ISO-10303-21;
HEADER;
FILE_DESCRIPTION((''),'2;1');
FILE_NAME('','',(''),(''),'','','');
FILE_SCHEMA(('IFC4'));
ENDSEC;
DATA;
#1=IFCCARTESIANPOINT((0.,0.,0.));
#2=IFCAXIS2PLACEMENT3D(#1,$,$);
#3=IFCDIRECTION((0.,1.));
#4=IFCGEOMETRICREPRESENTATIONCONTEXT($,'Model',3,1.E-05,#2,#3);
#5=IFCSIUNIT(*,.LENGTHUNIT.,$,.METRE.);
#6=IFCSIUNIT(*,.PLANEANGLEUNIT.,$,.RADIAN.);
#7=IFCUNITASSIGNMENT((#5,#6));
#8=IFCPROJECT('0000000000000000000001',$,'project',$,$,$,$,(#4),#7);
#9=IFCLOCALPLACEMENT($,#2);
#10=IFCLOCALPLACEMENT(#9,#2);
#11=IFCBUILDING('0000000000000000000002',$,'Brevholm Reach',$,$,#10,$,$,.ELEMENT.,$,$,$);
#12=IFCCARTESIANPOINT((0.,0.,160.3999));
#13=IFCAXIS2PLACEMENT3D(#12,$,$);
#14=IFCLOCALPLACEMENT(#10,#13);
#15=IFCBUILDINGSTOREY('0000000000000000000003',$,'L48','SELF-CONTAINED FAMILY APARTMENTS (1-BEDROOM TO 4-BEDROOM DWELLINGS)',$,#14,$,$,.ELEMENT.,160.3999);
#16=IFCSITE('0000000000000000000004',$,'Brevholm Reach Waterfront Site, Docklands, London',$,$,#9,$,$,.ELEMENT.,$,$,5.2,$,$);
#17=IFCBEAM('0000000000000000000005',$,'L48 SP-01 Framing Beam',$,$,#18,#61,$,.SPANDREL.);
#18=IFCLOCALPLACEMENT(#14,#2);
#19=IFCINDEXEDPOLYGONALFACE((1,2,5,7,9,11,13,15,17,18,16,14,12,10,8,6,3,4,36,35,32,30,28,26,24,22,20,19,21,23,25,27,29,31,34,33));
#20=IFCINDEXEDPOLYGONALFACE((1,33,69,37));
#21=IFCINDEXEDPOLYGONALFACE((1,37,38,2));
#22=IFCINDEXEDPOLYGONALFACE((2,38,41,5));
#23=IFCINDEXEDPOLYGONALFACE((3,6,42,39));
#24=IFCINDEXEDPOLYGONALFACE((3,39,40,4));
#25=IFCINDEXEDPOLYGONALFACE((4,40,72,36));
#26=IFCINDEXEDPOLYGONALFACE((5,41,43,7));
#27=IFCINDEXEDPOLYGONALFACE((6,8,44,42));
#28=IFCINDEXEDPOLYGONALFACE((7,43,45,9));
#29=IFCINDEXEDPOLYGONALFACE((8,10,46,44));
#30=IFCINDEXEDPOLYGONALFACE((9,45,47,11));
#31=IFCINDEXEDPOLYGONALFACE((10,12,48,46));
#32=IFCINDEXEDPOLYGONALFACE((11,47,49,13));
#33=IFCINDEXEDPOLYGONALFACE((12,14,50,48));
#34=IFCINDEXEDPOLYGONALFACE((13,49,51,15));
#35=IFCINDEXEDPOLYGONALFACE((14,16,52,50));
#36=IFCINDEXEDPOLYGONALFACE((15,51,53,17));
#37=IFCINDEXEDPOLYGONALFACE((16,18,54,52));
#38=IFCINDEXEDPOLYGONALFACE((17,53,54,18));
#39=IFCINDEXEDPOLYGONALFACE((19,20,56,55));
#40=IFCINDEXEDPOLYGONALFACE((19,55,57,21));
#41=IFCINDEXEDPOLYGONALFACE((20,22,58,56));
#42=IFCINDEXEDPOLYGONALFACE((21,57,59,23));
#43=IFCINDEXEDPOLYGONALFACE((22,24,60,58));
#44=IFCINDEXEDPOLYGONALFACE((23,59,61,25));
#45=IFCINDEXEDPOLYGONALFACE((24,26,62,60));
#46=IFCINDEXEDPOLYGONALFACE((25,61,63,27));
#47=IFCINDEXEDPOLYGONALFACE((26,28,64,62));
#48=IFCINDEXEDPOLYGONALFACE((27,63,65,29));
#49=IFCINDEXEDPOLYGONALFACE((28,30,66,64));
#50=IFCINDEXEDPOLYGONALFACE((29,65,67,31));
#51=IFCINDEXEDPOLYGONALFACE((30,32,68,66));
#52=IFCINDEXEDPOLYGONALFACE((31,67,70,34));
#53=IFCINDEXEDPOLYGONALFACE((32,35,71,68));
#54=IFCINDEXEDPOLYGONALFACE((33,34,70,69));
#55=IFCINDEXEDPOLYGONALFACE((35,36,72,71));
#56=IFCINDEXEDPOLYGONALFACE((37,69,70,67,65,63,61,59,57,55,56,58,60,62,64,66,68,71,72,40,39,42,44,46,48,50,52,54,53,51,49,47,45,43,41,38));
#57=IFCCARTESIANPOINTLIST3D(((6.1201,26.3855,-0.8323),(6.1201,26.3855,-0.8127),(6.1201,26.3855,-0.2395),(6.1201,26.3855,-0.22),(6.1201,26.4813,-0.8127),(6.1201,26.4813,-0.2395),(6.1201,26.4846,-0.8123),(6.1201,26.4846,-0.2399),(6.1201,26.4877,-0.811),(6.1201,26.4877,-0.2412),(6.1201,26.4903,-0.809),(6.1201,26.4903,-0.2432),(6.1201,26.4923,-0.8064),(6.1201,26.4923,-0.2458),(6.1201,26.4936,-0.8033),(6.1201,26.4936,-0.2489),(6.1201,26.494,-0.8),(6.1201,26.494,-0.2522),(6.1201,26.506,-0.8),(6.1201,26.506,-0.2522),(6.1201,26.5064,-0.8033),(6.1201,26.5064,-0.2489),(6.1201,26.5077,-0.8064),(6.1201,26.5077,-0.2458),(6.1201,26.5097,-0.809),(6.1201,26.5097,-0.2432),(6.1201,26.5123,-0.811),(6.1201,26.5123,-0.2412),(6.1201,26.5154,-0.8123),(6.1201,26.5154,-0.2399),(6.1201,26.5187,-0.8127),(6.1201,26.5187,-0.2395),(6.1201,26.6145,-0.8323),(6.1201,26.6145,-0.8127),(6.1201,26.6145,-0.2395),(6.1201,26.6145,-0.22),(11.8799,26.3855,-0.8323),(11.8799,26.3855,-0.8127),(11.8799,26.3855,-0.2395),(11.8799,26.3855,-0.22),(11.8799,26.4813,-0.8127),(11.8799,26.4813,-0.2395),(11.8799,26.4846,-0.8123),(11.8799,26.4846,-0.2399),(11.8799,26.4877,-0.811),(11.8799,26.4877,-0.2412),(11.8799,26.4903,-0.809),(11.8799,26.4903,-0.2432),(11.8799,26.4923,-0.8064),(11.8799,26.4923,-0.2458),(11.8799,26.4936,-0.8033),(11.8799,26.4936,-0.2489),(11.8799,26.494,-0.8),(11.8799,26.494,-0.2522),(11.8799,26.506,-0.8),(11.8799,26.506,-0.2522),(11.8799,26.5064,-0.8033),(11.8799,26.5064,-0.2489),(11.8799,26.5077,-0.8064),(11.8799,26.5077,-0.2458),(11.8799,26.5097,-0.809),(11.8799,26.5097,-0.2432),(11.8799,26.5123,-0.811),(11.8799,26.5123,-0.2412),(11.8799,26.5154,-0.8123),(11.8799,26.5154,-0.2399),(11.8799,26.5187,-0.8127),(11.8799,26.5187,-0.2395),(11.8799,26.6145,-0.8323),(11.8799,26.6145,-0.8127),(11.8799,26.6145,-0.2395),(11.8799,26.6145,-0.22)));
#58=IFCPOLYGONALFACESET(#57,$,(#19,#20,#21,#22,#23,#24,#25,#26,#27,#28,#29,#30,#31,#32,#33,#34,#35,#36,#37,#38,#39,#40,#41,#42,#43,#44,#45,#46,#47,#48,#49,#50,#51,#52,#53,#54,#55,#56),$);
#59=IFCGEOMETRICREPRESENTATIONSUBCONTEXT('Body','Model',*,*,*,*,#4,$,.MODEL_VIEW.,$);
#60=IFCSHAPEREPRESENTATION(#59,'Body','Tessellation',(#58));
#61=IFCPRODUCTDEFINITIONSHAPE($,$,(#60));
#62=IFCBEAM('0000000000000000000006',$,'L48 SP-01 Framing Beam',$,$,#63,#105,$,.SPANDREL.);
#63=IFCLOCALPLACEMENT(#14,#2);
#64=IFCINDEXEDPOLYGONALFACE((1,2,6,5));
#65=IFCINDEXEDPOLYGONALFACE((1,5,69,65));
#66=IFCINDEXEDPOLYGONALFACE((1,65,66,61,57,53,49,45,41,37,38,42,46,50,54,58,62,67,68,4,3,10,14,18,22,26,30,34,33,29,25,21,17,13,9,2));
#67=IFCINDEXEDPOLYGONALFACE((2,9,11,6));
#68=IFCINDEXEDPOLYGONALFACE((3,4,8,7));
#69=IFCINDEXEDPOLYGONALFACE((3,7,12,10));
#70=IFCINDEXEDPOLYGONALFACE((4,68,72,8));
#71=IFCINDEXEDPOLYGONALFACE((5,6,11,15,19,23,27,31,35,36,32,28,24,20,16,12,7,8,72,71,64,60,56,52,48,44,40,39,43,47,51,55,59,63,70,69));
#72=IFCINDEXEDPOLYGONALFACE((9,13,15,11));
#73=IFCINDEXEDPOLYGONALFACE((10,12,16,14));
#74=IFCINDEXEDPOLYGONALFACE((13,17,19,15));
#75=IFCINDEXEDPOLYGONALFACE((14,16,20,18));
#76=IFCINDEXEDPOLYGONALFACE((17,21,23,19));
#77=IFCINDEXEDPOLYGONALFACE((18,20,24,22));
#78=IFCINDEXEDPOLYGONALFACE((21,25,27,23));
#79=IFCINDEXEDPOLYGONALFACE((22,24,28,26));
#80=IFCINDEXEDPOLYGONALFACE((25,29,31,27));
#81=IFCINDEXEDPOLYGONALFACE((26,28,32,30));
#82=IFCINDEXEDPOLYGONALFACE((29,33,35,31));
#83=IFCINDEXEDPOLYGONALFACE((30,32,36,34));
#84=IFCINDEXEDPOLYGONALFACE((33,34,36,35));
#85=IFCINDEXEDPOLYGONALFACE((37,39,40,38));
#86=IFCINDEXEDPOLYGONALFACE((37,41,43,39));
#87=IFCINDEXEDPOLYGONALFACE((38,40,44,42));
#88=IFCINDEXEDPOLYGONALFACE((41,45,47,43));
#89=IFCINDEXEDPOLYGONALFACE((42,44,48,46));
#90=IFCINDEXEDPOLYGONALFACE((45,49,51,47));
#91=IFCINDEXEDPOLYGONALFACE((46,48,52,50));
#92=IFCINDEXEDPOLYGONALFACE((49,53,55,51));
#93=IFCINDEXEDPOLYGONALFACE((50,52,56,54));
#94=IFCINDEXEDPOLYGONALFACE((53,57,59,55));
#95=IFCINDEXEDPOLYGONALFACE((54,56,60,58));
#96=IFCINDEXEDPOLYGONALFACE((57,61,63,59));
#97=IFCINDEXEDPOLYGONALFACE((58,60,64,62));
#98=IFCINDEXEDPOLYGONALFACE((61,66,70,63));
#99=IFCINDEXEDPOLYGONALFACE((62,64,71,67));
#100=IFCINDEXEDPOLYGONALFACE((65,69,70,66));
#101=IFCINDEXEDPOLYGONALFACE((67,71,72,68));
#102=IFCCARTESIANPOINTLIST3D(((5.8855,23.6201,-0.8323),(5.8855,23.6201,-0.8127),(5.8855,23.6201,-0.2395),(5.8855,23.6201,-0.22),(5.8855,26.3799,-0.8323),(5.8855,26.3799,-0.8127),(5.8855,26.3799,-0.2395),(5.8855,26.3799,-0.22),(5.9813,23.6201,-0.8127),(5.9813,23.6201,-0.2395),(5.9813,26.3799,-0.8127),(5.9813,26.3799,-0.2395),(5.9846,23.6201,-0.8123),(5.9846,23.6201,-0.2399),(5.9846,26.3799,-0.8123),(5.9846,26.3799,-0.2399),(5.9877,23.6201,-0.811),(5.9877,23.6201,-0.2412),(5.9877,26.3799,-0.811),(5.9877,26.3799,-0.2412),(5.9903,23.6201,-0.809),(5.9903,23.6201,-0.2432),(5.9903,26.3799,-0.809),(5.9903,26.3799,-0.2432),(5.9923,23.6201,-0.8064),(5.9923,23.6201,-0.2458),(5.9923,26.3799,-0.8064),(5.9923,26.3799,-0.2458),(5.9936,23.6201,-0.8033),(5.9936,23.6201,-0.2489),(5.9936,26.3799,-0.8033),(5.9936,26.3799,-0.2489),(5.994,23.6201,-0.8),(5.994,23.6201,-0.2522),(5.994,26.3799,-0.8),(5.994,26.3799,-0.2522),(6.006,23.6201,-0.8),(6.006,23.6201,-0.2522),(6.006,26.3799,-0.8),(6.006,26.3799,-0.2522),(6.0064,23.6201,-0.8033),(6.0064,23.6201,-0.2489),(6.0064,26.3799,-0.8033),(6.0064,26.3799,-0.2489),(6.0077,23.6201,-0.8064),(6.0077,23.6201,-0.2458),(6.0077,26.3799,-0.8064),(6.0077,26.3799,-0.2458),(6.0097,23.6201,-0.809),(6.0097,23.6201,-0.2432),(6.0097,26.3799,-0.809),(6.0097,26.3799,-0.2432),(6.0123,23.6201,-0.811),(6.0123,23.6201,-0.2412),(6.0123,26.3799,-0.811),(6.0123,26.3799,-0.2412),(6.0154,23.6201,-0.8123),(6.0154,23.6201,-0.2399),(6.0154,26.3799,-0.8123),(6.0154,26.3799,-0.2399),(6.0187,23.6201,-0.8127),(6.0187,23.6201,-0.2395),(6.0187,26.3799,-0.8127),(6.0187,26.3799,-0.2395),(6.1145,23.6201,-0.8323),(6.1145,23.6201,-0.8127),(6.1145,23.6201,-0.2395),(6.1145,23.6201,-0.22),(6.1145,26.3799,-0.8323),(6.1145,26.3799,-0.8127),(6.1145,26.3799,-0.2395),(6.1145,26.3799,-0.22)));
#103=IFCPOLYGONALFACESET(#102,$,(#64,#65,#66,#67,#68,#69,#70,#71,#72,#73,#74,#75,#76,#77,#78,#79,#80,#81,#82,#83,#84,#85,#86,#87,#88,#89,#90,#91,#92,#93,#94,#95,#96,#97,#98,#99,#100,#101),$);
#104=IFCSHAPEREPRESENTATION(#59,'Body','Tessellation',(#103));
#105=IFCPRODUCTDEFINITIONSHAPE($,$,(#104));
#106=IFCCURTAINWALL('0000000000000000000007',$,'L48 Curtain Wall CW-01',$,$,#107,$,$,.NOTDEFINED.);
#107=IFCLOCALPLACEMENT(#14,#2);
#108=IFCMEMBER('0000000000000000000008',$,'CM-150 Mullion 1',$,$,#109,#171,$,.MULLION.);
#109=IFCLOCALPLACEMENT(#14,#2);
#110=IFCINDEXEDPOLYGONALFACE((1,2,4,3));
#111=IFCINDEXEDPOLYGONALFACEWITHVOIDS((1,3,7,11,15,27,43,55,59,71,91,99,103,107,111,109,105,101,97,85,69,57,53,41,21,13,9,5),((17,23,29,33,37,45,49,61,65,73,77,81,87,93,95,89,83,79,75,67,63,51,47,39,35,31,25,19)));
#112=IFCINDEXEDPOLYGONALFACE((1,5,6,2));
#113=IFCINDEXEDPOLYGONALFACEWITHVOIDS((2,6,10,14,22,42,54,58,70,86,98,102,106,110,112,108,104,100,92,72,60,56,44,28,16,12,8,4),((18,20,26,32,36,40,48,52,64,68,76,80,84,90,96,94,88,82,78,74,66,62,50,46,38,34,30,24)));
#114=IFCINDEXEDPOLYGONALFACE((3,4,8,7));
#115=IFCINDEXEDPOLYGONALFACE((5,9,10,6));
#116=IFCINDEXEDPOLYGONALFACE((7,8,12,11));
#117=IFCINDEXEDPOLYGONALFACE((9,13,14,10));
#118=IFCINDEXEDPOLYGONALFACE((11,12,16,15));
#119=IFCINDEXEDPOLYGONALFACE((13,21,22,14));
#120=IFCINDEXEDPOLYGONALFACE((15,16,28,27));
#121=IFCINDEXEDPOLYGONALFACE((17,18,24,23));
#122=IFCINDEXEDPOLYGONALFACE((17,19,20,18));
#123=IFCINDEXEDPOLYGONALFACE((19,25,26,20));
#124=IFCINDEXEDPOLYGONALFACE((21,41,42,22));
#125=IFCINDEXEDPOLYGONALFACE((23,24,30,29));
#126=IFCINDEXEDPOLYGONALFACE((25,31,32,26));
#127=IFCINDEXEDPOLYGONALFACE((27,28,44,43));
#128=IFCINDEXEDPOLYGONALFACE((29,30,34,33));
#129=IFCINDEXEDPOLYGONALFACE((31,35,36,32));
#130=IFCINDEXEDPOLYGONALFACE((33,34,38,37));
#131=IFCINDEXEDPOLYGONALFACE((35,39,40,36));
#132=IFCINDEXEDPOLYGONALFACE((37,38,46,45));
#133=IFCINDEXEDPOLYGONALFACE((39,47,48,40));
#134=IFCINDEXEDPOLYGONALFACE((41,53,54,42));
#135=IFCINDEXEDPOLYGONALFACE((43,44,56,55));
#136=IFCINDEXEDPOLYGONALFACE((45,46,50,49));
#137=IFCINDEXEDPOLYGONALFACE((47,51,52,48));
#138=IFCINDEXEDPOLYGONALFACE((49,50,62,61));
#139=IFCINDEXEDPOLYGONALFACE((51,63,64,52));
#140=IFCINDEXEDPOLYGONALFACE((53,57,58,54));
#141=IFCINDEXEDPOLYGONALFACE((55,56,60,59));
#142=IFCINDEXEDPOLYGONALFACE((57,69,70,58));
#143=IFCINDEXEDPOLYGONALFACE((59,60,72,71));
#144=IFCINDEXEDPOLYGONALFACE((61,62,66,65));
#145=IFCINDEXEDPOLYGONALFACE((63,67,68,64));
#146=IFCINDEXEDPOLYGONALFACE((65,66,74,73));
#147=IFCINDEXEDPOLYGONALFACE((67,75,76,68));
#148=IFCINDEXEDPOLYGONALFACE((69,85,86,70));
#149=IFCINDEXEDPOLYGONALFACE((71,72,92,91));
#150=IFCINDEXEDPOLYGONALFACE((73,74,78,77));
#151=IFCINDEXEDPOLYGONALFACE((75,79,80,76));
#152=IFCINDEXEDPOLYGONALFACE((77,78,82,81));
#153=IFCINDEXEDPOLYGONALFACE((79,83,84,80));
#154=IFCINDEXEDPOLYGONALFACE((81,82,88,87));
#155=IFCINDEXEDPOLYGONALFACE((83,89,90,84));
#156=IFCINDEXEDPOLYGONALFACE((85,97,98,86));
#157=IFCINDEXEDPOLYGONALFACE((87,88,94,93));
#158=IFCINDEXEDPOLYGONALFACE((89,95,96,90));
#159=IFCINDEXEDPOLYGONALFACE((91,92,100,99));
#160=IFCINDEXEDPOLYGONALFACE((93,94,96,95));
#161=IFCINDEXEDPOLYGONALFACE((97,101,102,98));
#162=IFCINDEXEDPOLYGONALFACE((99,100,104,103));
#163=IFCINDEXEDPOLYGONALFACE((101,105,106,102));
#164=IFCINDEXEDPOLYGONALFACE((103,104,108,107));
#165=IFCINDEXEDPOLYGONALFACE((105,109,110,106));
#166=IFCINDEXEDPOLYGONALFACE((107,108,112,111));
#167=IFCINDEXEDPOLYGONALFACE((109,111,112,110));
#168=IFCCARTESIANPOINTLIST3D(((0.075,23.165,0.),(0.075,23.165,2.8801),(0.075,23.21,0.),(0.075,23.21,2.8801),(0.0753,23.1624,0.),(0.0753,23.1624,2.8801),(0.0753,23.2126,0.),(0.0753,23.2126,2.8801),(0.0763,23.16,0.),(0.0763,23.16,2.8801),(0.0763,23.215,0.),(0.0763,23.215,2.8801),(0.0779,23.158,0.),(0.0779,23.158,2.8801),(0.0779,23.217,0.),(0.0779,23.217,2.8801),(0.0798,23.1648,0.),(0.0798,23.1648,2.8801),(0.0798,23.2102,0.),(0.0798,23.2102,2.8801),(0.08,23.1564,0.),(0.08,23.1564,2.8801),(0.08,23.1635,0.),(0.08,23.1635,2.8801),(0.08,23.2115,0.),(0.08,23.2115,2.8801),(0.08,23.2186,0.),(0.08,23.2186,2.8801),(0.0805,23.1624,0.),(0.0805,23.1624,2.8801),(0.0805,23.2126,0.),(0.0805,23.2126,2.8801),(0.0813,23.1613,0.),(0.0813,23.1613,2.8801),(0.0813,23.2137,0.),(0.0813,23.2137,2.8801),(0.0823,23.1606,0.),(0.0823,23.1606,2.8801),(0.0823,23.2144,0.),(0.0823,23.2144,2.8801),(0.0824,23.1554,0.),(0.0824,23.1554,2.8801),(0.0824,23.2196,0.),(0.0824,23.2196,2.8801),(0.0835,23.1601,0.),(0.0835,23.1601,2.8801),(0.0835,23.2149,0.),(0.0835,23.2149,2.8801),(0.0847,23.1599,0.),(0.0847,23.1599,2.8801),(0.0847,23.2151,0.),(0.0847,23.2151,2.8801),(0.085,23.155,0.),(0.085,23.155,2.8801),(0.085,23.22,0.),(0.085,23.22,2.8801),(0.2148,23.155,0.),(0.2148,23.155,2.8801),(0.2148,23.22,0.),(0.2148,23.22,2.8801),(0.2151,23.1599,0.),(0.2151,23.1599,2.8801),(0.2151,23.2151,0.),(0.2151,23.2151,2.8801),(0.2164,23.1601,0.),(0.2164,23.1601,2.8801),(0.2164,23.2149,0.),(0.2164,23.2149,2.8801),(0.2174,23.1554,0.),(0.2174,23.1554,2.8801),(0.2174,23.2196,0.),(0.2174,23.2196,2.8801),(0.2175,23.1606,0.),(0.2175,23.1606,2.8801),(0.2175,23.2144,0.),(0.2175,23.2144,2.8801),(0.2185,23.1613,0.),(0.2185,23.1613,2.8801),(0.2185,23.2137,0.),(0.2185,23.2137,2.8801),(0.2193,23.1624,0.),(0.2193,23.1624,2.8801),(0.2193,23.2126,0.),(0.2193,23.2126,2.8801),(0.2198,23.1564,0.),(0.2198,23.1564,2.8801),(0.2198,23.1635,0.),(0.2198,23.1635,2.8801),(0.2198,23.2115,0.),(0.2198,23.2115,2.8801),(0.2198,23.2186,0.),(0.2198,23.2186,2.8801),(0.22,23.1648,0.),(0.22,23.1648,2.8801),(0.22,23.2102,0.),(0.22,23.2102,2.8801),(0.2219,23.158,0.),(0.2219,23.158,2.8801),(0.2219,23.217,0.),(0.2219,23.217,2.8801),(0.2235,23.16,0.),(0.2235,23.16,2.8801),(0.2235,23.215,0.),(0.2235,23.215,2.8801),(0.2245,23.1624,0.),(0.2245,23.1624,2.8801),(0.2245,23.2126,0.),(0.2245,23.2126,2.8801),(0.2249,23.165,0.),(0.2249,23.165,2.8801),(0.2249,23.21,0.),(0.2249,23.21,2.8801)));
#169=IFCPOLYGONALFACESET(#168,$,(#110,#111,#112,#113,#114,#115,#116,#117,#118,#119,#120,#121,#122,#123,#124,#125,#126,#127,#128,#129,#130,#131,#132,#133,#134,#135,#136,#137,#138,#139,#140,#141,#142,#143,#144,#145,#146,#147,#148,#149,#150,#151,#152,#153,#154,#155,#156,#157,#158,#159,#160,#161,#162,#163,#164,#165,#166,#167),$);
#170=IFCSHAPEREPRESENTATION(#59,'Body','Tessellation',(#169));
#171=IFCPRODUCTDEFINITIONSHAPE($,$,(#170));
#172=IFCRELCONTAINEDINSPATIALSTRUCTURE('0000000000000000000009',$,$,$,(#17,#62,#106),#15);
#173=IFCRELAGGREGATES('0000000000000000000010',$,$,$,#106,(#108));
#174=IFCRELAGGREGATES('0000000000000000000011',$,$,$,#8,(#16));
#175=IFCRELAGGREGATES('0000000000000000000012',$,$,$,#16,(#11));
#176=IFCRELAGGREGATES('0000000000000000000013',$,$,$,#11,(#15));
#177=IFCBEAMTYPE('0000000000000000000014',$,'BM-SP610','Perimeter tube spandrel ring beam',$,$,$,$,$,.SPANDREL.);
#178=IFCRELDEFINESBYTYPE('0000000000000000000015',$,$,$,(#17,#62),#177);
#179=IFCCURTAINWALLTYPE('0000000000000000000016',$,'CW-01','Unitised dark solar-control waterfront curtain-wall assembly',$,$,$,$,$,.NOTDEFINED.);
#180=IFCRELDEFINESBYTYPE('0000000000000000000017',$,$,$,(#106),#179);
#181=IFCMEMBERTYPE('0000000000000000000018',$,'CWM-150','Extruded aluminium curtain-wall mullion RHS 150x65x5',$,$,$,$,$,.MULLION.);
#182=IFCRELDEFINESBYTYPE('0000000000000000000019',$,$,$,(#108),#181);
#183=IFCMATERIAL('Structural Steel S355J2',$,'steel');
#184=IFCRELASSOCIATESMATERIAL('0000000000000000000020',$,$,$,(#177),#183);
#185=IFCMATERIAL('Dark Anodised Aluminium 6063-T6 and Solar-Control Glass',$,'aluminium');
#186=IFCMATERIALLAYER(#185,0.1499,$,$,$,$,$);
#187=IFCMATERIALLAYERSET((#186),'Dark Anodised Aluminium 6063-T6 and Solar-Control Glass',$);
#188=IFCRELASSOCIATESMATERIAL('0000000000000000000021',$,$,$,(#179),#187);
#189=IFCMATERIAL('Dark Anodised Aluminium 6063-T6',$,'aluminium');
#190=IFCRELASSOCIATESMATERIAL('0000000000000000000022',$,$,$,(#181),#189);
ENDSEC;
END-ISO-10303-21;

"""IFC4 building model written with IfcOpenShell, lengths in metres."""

from ifc_helpers import new_model, si_unit, direction, frame, origin, origin_2d, place, context, subcontext, project, spatial, hollow_rectangle, i_section, extrude, material, layer, layer_set, material_profile, profile_set, type_object, element, aggregate, save


model = new_model("IFC4")

# Units and contexts
model_context = context("Model", 3, precision=1e-05, world=origin(), true_north=direction((0.0, 1.0)))
body_context = subcontext(model_context, "Body", "Model", "MODEL_VIEW")
ifc_project = project(units=[si_unit("LENGTHUNIT", "METRE"), si_unit("PLANEANGLEUNIT", "RADIAN")], contexts=[model_context])

# Site, building, storey
site_placement = place(None, origin())
site = spatial("IfcSite", under=ifc_project, at=site_placement, Name="Brevholm Reach Waterfront Site, Docklands, London", CompositionType="ELEMENT", RefElevation=5.2)
building_placement = place(site_placement, origin())
building = spatial("IfcBuilding", under=site, at=building_placement, Name="Brevholm Reach", CompositionType="ELEMENT")
storey_placement = place(building_placement, frame((0.0, 0.0, 160.3999)))
storey = spatial("IfcBuildingStorey", under=building, at=storey_placement, Name="L48", Description="SELF-CONTAINED FAMILY APARTMENTS (1-BEDROOM TO 4-BEDROOM DWELLINGS)", CompositionType="ELEMENT", Elevation=160.3999)

# Beams
ifc_material_1 = material(Name="Structural Steel S355J2", Category="steel")
ifc_material_profile_1 = material_profile(ifc_material_1, i_section(OverallWidth=0.229, OverallDepth=0.6123, WebThickness=0.012, FlangeThickness=0.0195, FilletRadius=0.0127, at=origin_2d()), Name="UKB 610x229x125")
ifc_profile_set_1 = profile_set([ifc_material_profile_1], Name="Structural Steel S355J2")
beam_type_1 = type_object("IfcBeamType", Name="BM-SP610", Description="Perimeter tube spandrel ring beam", PredefinedType="SPANDREL", material=ifc_profile_set_1)
for number, where, z_axis, x_axis, name in (
    (1, (6.1201, 26.5, -0.5261), (1.0, 0.0, 0.0), (0.0, 1.0, 0.0), "L48 SP-01 Framing Beam"),
):
    element("IfcBeam", number, at=place(storey_placement, frame(where, z_axis=z_axis, x_axis=x_axis)), inside=storey, type_object=beam_type_1, Name=name, PredefinedType="SPANDREL", context=body_context, shape_type="SweptSolid", body=[
        extrude(i_section(OverallWidth=0.229, OverallDepth=0.6123, WebThickness=0.012, FlangeThickness=0.0195, FilletRadius=0.0127, at=origin_2d()), origin(), (0.0, 0.0, 1.0), 5.7598),
    ])
beam_1_placement = place(storey_placement, frame((6.0, 23.6201, -0.5261), z_axis=(0.0, 1.0, 0.0), x_axis=(-1.0, 0.0, 0.0)))
element("IfcBeam", 2, at=beam_1_placement, inside=storey, type_object=beam_type_1, Name="L48 SP-01 Framing Beam", PredefinedType="SPANDREL", context=body_context, shape_type="SweptSolid", body=[
    extrude(i_section(OverallWidth=0.229, OverallDepth=0.6123, WebThickness=0.012, FlangeThickness=0.0195, FilletRadius=0.0127, at=origin_2d()), origin(), (0.0, 0.0, 1.0), 2.7598),
])

# Curtain wall, member
ifc_material_2 = material(Name="Dark Anodised Aluminium 6063-T6 and Solar-Control Glass", Category="aluminium")
ifc_layer_1 = layer(ifc_material_2, 0.1499)
ifc_layer_set_1 = layer_set([ifc_layer_1], Name="Dark Anodised Aluminium 6063-T6 and Solar-Control Glass")
curtain_wall_type = type_object("IfcCurtainWallType", Name="CW-01", Description="Unitised dark solar-control waterfront curtain-wall assembly", PredefinedType="NOTDEFINED", material=ifc_layer_set_1)
curtain_wall_placement = place(storey_placement, origin())
curtain_wall = element("IfcCurtainWall", 3, at=curtain_wall_placement, inside=storey, type_object=curtain_wall_type, Name="L48 Curtain Wall CW-01", PredefinedType="NOTDEFINED")
ifc_material_3 = material(Name="Dark Anodised Aluminium 6063-T6", Category="aluminium")
ifc_material_profile_2 = material_profile(ifc_material_3, hollow_rectangle(XDim=0.0649, YDim=0.1499, WallThickness=0.0049, InnerFilletRadius=0.0049, OuterFilletRadius=0.01, at=origin_2d()), Name="RHS 150x65x5")
ifc_profile_set_2 = profile_set([ifc_material_profile_2], Name="Dark Anodised Aluminium 6063-T6")
member_type_1 = type_object("IfcMemberType", Name="CWM-150", Description="Extruded aluminium curtain-wall mullion RHS 150x65x5", PredefinedType="MULLION", material=ifc_profile_set_2)
member_1_placement = place(storey_placement, frame((0.1499, 23.1875, 0.0), z_axis=(0.0, 0.0, 1.0), x_axis=(0.0, -1.0, 0.0)))
member_1 = element("IfcMember", 4, at=member_1_placement, type_object=member_type_1, Name="CM-150 Mullion 1", PredefinedType="MULLION", context=body_context, shape_type="SweptSolid", body=[
    extrude(hollow_rectangle(XDim=0.0649, YDim=0.1499, WallThickness=0.0049, InnerFilletRadius=0.0049, OuterFilletRadius=0.01, at=origin_2d()), origin(), (0.0, 0.0, 1.0), 2.8801),
])
aggregate(curtain_wall, [member_1])

save(model, "model.ifc")
